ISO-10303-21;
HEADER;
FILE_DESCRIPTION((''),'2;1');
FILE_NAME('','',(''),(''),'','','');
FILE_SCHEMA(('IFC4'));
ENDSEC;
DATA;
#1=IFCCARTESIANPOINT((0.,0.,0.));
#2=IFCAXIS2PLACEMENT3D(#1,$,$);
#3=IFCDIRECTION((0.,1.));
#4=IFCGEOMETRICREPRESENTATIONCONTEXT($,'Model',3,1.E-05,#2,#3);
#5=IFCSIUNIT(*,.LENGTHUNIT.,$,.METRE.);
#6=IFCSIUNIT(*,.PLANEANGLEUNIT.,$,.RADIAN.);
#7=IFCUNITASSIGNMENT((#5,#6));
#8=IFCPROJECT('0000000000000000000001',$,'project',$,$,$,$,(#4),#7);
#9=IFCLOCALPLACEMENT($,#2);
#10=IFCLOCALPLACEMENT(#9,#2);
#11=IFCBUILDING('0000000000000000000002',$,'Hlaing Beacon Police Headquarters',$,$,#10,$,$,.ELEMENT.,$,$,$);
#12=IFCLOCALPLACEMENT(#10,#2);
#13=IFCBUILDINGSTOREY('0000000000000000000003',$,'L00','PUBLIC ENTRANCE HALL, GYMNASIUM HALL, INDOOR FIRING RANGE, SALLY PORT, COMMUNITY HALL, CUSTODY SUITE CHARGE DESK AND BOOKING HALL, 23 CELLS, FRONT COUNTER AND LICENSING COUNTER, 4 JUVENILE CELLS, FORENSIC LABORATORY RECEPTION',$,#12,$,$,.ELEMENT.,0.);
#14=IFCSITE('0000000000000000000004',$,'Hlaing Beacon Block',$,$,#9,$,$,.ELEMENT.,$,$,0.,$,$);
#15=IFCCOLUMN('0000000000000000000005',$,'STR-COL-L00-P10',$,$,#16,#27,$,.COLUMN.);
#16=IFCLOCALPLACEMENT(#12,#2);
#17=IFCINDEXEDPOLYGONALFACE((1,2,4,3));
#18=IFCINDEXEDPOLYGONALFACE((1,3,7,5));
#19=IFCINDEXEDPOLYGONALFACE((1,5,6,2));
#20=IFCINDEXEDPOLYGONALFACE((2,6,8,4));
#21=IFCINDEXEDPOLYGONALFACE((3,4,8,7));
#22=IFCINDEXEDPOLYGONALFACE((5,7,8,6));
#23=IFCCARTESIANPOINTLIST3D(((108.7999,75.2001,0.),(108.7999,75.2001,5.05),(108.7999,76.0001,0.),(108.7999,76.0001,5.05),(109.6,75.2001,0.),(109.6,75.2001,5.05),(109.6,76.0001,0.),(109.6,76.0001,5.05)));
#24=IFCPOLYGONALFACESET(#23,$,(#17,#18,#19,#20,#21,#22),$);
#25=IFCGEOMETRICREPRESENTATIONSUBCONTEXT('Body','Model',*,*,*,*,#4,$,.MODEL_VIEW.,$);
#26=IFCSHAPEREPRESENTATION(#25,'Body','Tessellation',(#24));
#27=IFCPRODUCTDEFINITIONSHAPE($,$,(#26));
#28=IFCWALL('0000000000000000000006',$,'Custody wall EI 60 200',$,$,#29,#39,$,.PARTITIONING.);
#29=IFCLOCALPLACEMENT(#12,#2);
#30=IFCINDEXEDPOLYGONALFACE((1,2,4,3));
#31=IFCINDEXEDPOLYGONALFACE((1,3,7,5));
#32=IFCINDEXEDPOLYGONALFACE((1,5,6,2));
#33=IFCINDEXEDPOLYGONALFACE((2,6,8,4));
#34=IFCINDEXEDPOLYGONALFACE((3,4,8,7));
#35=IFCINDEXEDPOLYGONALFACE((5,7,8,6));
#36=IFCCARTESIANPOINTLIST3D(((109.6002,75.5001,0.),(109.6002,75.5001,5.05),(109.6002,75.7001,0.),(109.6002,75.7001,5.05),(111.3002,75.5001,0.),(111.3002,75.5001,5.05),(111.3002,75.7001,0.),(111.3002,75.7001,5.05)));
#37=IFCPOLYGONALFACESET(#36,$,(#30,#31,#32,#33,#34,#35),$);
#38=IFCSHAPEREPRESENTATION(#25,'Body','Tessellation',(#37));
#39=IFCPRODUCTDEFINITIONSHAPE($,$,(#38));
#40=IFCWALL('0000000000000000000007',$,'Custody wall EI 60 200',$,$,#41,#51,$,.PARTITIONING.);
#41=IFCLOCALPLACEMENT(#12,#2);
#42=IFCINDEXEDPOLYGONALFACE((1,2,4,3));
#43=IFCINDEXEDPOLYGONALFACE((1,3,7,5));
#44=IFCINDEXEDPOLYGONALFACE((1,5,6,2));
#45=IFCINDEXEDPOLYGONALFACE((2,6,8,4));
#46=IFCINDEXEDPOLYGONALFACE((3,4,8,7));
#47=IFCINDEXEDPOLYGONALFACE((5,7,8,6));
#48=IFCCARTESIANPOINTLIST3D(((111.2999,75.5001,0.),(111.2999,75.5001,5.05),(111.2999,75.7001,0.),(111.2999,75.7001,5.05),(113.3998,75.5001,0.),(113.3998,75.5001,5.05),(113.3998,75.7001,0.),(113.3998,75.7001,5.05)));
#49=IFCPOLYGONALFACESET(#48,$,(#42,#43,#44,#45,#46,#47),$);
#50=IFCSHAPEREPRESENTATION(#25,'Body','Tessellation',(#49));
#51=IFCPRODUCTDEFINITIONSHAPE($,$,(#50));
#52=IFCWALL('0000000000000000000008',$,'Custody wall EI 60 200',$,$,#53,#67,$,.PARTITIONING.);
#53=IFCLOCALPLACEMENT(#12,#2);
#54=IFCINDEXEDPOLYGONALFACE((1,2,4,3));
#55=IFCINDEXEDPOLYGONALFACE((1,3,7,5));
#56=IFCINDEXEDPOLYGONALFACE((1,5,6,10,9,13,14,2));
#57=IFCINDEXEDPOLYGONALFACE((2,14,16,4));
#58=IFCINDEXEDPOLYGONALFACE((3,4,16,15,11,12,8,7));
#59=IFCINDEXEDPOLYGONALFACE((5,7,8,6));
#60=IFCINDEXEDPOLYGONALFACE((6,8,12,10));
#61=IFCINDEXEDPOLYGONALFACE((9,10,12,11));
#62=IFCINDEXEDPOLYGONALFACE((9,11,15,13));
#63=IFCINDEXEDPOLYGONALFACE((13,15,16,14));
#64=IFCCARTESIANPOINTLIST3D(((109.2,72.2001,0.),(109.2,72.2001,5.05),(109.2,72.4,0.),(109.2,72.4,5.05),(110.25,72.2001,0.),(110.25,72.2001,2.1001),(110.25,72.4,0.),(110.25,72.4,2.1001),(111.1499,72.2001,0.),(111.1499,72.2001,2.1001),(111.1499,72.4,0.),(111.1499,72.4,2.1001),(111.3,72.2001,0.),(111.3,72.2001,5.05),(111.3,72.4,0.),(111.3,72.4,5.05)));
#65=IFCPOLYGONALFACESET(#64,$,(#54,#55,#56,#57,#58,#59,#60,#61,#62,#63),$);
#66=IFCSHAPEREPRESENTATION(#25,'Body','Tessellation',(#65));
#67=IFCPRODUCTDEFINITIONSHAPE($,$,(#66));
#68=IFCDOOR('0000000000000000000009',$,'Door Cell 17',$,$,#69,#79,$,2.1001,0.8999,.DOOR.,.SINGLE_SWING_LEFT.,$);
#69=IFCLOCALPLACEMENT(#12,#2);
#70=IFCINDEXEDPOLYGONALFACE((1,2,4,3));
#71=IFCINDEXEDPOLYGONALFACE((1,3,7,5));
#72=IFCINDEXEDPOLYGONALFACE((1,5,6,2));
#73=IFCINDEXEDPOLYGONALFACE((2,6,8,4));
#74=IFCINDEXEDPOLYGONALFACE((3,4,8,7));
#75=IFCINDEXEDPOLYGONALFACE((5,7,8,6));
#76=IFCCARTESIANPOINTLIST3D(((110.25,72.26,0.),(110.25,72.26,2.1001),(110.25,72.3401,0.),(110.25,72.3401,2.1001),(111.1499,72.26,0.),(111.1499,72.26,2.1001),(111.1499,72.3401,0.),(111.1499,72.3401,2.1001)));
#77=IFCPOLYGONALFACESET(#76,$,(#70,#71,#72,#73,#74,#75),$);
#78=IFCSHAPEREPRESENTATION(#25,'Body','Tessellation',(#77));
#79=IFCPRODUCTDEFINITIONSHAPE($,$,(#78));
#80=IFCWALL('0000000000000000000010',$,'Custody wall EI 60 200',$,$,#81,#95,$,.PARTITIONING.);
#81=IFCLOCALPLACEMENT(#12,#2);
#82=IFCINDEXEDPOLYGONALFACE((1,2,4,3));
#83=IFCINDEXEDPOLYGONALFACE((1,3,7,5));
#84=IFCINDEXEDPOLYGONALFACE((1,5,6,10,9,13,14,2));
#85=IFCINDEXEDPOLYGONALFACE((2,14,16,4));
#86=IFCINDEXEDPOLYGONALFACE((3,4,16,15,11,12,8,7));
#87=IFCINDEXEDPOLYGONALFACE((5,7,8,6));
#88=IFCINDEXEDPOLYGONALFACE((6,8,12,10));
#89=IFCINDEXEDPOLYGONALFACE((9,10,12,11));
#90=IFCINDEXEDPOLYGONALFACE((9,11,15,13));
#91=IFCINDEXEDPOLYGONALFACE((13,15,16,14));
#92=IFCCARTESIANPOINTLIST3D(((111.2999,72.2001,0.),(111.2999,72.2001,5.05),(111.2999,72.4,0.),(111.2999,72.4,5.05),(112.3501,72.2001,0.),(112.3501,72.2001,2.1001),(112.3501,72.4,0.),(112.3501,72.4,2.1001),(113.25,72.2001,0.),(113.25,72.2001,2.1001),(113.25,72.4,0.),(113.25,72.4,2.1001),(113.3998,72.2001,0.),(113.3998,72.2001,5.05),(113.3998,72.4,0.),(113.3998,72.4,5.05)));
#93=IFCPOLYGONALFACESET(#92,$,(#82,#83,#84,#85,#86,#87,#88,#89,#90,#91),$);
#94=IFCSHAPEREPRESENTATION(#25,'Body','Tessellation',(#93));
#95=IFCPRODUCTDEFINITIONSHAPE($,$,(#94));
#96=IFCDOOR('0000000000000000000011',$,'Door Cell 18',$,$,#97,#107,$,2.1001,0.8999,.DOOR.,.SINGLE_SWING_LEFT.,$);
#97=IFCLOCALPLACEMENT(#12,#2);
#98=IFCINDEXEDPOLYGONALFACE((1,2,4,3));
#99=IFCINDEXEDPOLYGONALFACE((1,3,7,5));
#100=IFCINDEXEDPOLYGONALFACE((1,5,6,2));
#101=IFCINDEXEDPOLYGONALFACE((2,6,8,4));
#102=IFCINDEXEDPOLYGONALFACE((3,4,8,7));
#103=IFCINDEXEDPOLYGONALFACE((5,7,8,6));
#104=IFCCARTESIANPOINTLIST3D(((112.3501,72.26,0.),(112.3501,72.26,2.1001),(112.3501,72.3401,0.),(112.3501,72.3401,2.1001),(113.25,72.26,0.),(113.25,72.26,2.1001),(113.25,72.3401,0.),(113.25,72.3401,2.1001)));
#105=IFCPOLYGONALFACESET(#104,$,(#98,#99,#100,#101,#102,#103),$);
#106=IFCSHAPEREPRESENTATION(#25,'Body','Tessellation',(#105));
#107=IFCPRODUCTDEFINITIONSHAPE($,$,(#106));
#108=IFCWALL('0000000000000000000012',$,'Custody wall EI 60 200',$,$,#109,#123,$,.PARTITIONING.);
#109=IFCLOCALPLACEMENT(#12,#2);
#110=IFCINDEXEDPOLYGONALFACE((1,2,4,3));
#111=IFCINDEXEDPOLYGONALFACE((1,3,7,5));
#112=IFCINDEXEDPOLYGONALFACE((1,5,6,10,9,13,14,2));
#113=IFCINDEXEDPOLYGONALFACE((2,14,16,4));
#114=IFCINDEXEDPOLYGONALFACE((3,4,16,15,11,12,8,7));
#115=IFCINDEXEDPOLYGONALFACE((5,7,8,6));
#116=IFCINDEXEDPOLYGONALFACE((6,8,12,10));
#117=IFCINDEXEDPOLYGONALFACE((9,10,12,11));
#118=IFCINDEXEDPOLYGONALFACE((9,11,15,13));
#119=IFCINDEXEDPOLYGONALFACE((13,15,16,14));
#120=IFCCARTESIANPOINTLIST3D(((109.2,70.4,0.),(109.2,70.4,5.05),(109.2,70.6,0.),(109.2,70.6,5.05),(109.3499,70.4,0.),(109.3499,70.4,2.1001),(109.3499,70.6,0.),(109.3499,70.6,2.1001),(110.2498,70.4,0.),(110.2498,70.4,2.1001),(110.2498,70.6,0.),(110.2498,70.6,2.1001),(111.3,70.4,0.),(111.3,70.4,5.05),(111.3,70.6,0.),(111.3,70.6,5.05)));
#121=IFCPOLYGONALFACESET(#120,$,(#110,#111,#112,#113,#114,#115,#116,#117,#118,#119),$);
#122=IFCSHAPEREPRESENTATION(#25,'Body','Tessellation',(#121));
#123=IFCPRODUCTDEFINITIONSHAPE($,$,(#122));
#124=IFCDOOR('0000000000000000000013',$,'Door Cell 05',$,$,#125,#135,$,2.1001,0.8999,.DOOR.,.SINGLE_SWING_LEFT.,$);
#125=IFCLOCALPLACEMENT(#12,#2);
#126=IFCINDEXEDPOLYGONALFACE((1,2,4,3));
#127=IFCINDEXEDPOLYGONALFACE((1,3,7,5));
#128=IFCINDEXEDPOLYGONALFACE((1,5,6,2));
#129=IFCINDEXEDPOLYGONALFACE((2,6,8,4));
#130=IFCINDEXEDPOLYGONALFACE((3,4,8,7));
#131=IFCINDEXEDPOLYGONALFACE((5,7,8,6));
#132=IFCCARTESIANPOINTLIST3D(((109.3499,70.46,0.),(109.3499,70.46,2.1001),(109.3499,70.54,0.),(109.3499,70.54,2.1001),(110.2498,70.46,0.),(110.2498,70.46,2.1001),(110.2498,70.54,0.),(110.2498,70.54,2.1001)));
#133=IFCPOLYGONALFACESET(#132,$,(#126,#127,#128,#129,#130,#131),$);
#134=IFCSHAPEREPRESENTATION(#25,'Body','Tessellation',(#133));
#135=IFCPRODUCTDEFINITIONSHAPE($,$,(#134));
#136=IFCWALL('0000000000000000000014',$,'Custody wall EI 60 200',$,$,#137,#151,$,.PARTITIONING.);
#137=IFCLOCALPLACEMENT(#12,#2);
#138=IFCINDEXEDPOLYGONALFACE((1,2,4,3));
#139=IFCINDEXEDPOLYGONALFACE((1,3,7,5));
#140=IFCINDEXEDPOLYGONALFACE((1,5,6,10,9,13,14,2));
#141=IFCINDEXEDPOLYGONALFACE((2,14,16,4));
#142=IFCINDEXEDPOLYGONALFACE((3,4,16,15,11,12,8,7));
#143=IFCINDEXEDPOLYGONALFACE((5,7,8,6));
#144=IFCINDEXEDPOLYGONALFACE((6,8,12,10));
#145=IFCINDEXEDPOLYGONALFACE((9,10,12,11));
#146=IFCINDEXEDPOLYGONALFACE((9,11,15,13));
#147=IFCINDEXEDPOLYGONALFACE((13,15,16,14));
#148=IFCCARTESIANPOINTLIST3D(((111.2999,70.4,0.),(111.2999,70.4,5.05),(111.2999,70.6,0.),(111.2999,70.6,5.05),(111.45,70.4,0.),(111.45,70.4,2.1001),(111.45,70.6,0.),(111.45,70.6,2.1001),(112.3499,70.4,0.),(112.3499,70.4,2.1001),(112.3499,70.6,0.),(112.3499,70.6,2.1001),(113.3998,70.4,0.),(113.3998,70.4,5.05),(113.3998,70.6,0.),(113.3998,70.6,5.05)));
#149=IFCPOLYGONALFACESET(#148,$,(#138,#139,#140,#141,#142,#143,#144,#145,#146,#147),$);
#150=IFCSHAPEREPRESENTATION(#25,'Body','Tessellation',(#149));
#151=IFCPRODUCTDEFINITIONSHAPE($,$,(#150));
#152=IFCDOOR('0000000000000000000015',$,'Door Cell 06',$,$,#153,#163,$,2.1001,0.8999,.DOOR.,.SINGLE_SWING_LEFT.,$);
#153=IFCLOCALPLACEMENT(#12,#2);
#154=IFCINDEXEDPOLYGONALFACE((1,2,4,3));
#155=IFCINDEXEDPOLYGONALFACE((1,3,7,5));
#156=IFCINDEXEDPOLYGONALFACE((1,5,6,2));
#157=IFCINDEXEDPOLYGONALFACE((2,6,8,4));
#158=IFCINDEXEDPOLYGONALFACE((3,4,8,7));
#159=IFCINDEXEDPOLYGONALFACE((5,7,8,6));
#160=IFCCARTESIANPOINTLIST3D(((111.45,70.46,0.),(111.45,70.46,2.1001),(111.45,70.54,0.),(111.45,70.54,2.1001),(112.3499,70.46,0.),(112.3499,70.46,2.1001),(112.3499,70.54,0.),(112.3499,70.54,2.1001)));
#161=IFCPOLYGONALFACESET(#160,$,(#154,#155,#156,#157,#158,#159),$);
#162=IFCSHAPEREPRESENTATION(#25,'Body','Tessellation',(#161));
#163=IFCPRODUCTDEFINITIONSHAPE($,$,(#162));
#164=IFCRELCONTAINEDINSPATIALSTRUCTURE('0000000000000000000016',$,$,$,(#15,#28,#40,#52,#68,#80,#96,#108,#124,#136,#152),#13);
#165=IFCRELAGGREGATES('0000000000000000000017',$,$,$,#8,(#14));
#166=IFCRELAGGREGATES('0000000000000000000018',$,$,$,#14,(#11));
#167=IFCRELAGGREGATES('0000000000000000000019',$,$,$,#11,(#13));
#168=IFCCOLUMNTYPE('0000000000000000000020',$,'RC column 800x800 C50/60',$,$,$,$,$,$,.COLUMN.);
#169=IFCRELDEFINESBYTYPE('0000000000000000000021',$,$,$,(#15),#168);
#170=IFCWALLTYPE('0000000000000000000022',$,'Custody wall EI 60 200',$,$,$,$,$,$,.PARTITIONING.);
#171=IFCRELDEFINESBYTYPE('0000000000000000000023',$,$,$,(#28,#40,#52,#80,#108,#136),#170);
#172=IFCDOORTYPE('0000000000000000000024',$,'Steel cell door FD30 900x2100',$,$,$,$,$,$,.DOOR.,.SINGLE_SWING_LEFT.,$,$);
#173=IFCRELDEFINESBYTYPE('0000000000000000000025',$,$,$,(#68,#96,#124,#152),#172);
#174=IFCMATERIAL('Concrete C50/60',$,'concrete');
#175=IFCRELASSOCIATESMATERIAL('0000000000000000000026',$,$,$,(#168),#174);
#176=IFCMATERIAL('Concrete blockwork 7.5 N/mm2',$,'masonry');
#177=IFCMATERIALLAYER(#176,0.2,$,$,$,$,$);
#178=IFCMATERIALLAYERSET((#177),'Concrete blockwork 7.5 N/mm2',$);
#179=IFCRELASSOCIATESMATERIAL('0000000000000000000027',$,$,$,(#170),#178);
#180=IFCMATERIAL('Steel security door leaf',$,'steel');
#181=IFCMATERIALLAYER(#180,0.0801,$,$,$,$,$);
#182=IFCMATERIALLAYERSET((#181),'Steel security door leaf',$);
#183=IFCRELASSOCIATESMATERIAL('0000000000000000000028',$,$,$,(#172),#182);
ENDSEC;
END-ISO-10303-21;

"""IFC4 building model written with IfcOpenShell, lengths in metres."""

from ifc_helpers import new_model, si_unit, direction, frame, frame_2d, origin, origin_2d, place, context, subcontext, project, spatial, rectangle, extrude, material, layer, layer_set, material_profile, profile_set, type_object, element, fill, save


model = new_model("IFC4")

# Units and contexts
model_context = context("Model", 3, precision=1e-05, world=origin(), true_north=direction((0.0, 1.0)))
body_context = subcontext(model_context, "Body", "Model", "MODEL_VIEW")
ifc_project = project(units=[si_unit("LENGTHUNIT", "METRE"), si_unit("PLANEANGLEUNIT", "RADIAN")], contexts=[model_context])

# Site, building, storey
site_placement = place(None, origin())
site = spatial("IfcSite", under=ifc_project, at=site_placement, Name="Hlaing Beacon Block", CompositionType="ELEMENT", RefElevation=0.0)
building_placement = place(site_placement, origin())
building = spatial("IfcBuilding", under=site, at=building_placement, Name="Hlaing Beacon Police Headquarters", CompositionType="ELEMENT")
storey_placement = place(building_placement, origin())
storey = spatial("IfcBuildingStorey", under=building, at=storey_placement, Name="L00", Description="PUBLIC ENTRANCE HALL, GYMNASIUM HALL, INDOOR FIRING RANGE, SALLY PORT, COMMUNITY HALL, CUSTODY SUITE CHARGE DESK AND BOOKING HALL, 23 CELLS, FRONT COUNTER AND LICENSING COUNTER, 4 JUVENILE CELLS, FORENSIC LABORATORY RECEPTION", CompositionType="ELEMENT", Elevation=0.0)

# Column
ifc_material_1 = material(Name="Concrete C50/60", Category="concrete")
ifc_material_profile = material_profile(ifc_material_1, rectangle(XDim=0.8, YDim=0.8, at=origin_2d()), Name="800x800")
ifc_profile_set = profile_set([ifc_material_profile], Name="Concrete C50/60")
column_type = type_object("IfcColumnType", Name="RC column 800x800 C50/60", PredefinedType="COLUMN", material=ifc_profile_set)
column_placement = place(storey_placement, frame((109.2, 75.6001, 0.0), z_axis=(0.0, 0.0, 1.0), x_axis=(1.0, 0.0, 0.0)))
element("IfcColumn", 1, at=column_placement, inside=storey, type_object=column_type, Name="STR-COL-L00-P10", PredefinedType="COLUMN", context=body_context, shape_type="SweptSolid", body=[
    extrude(rectangle(XDim=0.8, YDim=0.8, at=origin_2d()), origin(), (0.0, 0.0, 1.0), 5.05),
])

# Walls
ifc_material_2 = material(Name="Concrete blockwork 7.5 N/mm2", Category="masonry")
ifc_layer_1 = layer(ifc_material_2, 0.2)
ifc_layer_set_1 = layer_set([ifc_layer_1], Name="Concrete blockwork 7.5 N/mm2")
wall_type = type_object("IfcWallType", Name="Custody wall EI 60 200", PredefinedType="PARTITIONING", material=ifc_layer_set_1)
wall_1_placement = place(storey_placement, frame((109.6001, 75.6001, 0.0), z_axis=(0.0, 0.0, 1.0), x_axis=(1.0, 0.0, 0.0)))
element("IfcWall", 2, at=wall_1_placement, inside=storey, type_object=wall_type, Name="Custody wall EI 60 200", PredefinedType="PARTITIONING", context=body_context, shape_type="SweptSolid", body=[
    extrude(rectangle(XDim=1.7, YDim=0.2, at=frame_2d((0.8501, 0.0))), origin(), (0.0, 0.0, 1.0), 5.05),
])
wall_2_placement = place(storey_placement, frame((111.3, 75.6001, 0.0), z_axis=(0.0, 0.0, 1.0), x_axis=(1.0, 0.0, 0.0)))
element("IfcWall", 3, at=wall_2_placement, inside=storey, type_object=wall_type, Name="Custody wall EI 60 200", PredefinedType="PARTITIONING", context=body_context, shape_type="SweptSolid", body=[
    extrude(rectangle(XDim=2.0999, YDim=0.2, at=frame_2d((1.0498, 0.0))), origin(), (0.0, 0.0, 1.0), 5.05),
])

# Walls, openings, doors
wall_3_placement = place(storey_placement, frame((109.2, 72.3, 0.0), z_axis=(0.0, 0.0, 1.0), x_axis=(1.0, 0.0, 0.0)))
wall_3 = element("IfcWall", 4, at=wall_3_placement, inside=storey, type_object=wall_type, Name="Custody wall EI 60 200", PredefinedType="PARTITIONING", context=body_context, shape_type="SweptSolid", body=[
    extrude(rectangle(XDim=2.1001, YDim=0.2, at=frame_2d((1.05, 0.0))), origin(), (0.0, 0.0, 1.0), 5.05),
])
opening_1_placement = place(wall_3_placement, frame((1.05, 0.0, 0.0)))
opening_1 = element("IfcOpeningElement", 5, at=opening_1_placement, cuts=wall_3, PredefinedType="OPENING", context=body_context, shape_type="SweptSolid", body=[
    extrude(rectangle(XDim=0.8999, YDim=2.1001, at=frame_2d((0.45, 1.05))), frame((0.0, 0.1099, 0.0), z_axis=(0.0, -1.0, 0.0), x_axis=(1.0, 0.0, 0.0)), (0.0, 0.0, 1.0), 0.22),
])
ifc_material_3 = material(Name="Steel security door leaf", Category="steel")
ifc_layer_2 = layer(ifc_material_3, 0.0801)
ifc_layer_set_2 = layer_set([ifc_layer_2], Name="Steel security door leaf")
door_type = type_object("IfcDoorType", Name="Steel cell door FD30 900x2100", OperationType="SINGLE_SWING_LEFT", PredefinedType="DOOR", material=ifc_layer_set_2)
door_1_placement = place(opening_1_placement, origin())
door_1 = element("IfcDoor", 6, at=door_1_placement, inside=storey, type_object=door_type, Name="Door Cell 17", OperationType="SINGLE_SWING_LEFT", OverallHeight=2.1001, OverallWidth=0.8999, PredefinedType="DOOR", context=body_context, shape_type="SweptSolid", body=[
    extrude(rectangle(XDim=0.8999, YDim=2.1001, at=frame_2d((0.45, 1.05))), frame((0.0, 0.04, 0.0), z_axis=(0.0, -1.0, 0.0), x_axis=(1.0, 0.0, 0.0)), (0.0, 0.0, 1.0), 0.0801),
])
fill(opening_1, door_1)
wall_4_placement = place(storey_placement, frame((111.3, 72.3, 0.0), z_axis=(0.0, 0.0, 1.0), x_axis=(1.0, 0.0, 0.0)))
wall_4 = element("IfcWall", 7, at=wall_4_placement, inside=storey, type_object=wall_type, Name="Custody wall EI 60 200", PredefinedType="PARTITIONING", context=body_context, shape_type="SweptSolid", body=[
    extrude(rectangle(XDim=2.0999, YDim=0.2, at=frame_2d((1.0498, 0.0))), origin(), (0.0, 0.0, 1.0), 5.05),
])
opening_2_placement = place(wall_4_placement, frame((1.05, 0.0, 0.0)))
opening_2 = element("IfcOpeningElement", 8, at=opening_2_placement, cuts=wall_4, PredefinedType="OPENING", context=body_context, shape_type="SweptSolid", body=[
    extrude(rectangle(XDim=0.8999, YDim=2.1001, at=frame_2d((0.45, 1.05))), frame((0.0, 0.1099, 0.0), z_axis=(0.0, -1.0, 0.0), x_axis=(1.0, 0.0, 0.0)), (0.0, 0.0, 1.0), 0.22),
])
door_2_placement = place(opening_2_placement, origin())
door_2 = element("IfcDoor", 9, at=door_2_placement, inside=storey, type_object=door_type, Name="Door Cell 18", OperationType="SINGLE_SWING_LEFT", OverallHeight=2.1001, OverallWidth=0.8999, PredefinedType="DOOR", context=body_context, shape_type="SweptSolid", body=[
    extrude(rectangle(XDim=0.8999, YDim=2.1001, at=frame_2d((0.45, 1.05))), frame((0.0, 0.04, 0.0), z_axis=(0.0, -1.0, 0.0), x_axis=(1.0, 0.0, 0.0)), (0.0, 0.0, 1.0), 0.0801),
])
fill(opening_2, door_2)
wall_5_placement = place(storey_placement, frame((109.2, 70.5, 0.0), z_axis=(0.0, 0.0, 1.0), x_axis=(1.0, 0.0, 0.0)))
wall_5 = element("IfcWall", 10, at=wall_5_placement, inside=storey, type_object=wall_type, Name="Custody wall EI 60 200", PredefinedType="PARTITIONING", context=body_context, shape_type="SweptSolid", body=[
    extrude(rectangle(XDim=2.1001, YDim=0.2, at=frame_2d((1.05, 0.0))), origin(), (0.0, 0.0, 1.0), 5.05),
])
opening_3_placement = place(wall_5_placement, frame((0.1499, 0.0, 0.0)))
opening_3 = element("IfcOpeningElement", 11, at=opening_3_placement, cuts=wall_5, PredefinedType="OPENING", context=body_context, shape_type="SweptSolid", body=[
    extrude(rectangle(XDim=0.8999, YDim=2.1001, at=frame_2d((0.45, 1.05))), frame((0.0, 0.1099, 0.0), z_axis=(0.0, -1.0, 0.0), x_axis=(1.0, 0.0, 0.0)), (0.0, 0.0, 1.0), 0.22),
])
door_3_placement = place(opening_3_placement, frame((0.8999, 0.0, 0.0), z_axis=(0.0, 0.0, 1.0), x_axis=(-1.0, 0.0, 0.0)))
door_3 = element("IfcDoor", 12, at=door_3_placement, inside=storey, type_object=door_type, Name="Door Cell 05", OperationType="SINGLE_SWING_LEFT", OverallHeight=2.1001, OverallWidth=0.8999, PredefinedType="DOOR", context=body_context, shape_type="SweptSolid", body=[
    extrude(rectangle(XDim=0.8999, YDim=2.1001, at=frame_2d((0.45, 1.05))), frame((0.0, 0.04, 0.0), z_axis=(0.0, -1.0, 0.0), x_axis=(1.0, 0.0, 0.0)), (0.0, 0.0, 1.0), 0.0801),
])
fill(opening_3, door_3)
wall_6_placement = place(storey_placement, frame((111.3, 70.5, 0.0), z_axis=(0.0, 0.0, 1.0), x_axis=(1.0, 0.0, 0.0)))
wall_6 = element("IfcWall", 13, at=wall_6_placement, inside=storey, type_object=wall_type, Name="Custody wall EI 60 200", PredefinedType="PARTITIONING", context=body_context, shape_type="SweptSolid", body=[
    extrude(rectangle(XDim=2.0999, YDim=0.2, at=frame_2d((1.0498, 0.0))), origin(), (0.0, 0.0, 1.0), 5.05),
])
opening_4_placement = place(wall_6_placement, frame((0.1499, 0.0, 0.0)))
opening_4 = element("IfcOpeningElement", 14, at=opening_4_placement, cuts=wall_6, PredefinedType="OPENING", context=body_context, shape_type="SweptSolid", body=[
    extrude(rectangle(XDim=0.8999, YDim=2.1001, at=frame_2d((0.45, 1.05))), frame((0.0, 0.1099, 0.0), z_axis=(0.0, -1.0, 0.0), x_axis=(1.0, 0.0, 0.0)), (0.0, 0.0, 1.0), 0.22),
])
door_4_placement = place(opening_4_placement, frame((0.8999, 0.0, 0.0), z_axis=(0.0, 0.0, 1.0), x_axis=(-1.0, 0.0, 0.0)))
door_4 = element("IfcDoor", 15, at=door_4_placement, inside=storey, type_object=door_type, Name="Door Cell 06", OperationType="SINGLE_SWING_LEFT", OverallHeight=2.1001, OverallWidth=0.8999, PredefinedType="DOOR", context=body_context, shape_type="SweptSolid", body=[
    extrude(rectangle(XDim=0.8999, YDim=2.1001, at=frame_2d((0.45, 1.05))), frame((0.0, 0.04, 0.0), z_axis=(0.0, -1.0, 0.0), x_axis=(1.0, 0.0, 0.0)), (0.0, 0.0, 1.0), 0.0801),
])
fill(opening_4, door_4)

save(model, "model.ifc")
